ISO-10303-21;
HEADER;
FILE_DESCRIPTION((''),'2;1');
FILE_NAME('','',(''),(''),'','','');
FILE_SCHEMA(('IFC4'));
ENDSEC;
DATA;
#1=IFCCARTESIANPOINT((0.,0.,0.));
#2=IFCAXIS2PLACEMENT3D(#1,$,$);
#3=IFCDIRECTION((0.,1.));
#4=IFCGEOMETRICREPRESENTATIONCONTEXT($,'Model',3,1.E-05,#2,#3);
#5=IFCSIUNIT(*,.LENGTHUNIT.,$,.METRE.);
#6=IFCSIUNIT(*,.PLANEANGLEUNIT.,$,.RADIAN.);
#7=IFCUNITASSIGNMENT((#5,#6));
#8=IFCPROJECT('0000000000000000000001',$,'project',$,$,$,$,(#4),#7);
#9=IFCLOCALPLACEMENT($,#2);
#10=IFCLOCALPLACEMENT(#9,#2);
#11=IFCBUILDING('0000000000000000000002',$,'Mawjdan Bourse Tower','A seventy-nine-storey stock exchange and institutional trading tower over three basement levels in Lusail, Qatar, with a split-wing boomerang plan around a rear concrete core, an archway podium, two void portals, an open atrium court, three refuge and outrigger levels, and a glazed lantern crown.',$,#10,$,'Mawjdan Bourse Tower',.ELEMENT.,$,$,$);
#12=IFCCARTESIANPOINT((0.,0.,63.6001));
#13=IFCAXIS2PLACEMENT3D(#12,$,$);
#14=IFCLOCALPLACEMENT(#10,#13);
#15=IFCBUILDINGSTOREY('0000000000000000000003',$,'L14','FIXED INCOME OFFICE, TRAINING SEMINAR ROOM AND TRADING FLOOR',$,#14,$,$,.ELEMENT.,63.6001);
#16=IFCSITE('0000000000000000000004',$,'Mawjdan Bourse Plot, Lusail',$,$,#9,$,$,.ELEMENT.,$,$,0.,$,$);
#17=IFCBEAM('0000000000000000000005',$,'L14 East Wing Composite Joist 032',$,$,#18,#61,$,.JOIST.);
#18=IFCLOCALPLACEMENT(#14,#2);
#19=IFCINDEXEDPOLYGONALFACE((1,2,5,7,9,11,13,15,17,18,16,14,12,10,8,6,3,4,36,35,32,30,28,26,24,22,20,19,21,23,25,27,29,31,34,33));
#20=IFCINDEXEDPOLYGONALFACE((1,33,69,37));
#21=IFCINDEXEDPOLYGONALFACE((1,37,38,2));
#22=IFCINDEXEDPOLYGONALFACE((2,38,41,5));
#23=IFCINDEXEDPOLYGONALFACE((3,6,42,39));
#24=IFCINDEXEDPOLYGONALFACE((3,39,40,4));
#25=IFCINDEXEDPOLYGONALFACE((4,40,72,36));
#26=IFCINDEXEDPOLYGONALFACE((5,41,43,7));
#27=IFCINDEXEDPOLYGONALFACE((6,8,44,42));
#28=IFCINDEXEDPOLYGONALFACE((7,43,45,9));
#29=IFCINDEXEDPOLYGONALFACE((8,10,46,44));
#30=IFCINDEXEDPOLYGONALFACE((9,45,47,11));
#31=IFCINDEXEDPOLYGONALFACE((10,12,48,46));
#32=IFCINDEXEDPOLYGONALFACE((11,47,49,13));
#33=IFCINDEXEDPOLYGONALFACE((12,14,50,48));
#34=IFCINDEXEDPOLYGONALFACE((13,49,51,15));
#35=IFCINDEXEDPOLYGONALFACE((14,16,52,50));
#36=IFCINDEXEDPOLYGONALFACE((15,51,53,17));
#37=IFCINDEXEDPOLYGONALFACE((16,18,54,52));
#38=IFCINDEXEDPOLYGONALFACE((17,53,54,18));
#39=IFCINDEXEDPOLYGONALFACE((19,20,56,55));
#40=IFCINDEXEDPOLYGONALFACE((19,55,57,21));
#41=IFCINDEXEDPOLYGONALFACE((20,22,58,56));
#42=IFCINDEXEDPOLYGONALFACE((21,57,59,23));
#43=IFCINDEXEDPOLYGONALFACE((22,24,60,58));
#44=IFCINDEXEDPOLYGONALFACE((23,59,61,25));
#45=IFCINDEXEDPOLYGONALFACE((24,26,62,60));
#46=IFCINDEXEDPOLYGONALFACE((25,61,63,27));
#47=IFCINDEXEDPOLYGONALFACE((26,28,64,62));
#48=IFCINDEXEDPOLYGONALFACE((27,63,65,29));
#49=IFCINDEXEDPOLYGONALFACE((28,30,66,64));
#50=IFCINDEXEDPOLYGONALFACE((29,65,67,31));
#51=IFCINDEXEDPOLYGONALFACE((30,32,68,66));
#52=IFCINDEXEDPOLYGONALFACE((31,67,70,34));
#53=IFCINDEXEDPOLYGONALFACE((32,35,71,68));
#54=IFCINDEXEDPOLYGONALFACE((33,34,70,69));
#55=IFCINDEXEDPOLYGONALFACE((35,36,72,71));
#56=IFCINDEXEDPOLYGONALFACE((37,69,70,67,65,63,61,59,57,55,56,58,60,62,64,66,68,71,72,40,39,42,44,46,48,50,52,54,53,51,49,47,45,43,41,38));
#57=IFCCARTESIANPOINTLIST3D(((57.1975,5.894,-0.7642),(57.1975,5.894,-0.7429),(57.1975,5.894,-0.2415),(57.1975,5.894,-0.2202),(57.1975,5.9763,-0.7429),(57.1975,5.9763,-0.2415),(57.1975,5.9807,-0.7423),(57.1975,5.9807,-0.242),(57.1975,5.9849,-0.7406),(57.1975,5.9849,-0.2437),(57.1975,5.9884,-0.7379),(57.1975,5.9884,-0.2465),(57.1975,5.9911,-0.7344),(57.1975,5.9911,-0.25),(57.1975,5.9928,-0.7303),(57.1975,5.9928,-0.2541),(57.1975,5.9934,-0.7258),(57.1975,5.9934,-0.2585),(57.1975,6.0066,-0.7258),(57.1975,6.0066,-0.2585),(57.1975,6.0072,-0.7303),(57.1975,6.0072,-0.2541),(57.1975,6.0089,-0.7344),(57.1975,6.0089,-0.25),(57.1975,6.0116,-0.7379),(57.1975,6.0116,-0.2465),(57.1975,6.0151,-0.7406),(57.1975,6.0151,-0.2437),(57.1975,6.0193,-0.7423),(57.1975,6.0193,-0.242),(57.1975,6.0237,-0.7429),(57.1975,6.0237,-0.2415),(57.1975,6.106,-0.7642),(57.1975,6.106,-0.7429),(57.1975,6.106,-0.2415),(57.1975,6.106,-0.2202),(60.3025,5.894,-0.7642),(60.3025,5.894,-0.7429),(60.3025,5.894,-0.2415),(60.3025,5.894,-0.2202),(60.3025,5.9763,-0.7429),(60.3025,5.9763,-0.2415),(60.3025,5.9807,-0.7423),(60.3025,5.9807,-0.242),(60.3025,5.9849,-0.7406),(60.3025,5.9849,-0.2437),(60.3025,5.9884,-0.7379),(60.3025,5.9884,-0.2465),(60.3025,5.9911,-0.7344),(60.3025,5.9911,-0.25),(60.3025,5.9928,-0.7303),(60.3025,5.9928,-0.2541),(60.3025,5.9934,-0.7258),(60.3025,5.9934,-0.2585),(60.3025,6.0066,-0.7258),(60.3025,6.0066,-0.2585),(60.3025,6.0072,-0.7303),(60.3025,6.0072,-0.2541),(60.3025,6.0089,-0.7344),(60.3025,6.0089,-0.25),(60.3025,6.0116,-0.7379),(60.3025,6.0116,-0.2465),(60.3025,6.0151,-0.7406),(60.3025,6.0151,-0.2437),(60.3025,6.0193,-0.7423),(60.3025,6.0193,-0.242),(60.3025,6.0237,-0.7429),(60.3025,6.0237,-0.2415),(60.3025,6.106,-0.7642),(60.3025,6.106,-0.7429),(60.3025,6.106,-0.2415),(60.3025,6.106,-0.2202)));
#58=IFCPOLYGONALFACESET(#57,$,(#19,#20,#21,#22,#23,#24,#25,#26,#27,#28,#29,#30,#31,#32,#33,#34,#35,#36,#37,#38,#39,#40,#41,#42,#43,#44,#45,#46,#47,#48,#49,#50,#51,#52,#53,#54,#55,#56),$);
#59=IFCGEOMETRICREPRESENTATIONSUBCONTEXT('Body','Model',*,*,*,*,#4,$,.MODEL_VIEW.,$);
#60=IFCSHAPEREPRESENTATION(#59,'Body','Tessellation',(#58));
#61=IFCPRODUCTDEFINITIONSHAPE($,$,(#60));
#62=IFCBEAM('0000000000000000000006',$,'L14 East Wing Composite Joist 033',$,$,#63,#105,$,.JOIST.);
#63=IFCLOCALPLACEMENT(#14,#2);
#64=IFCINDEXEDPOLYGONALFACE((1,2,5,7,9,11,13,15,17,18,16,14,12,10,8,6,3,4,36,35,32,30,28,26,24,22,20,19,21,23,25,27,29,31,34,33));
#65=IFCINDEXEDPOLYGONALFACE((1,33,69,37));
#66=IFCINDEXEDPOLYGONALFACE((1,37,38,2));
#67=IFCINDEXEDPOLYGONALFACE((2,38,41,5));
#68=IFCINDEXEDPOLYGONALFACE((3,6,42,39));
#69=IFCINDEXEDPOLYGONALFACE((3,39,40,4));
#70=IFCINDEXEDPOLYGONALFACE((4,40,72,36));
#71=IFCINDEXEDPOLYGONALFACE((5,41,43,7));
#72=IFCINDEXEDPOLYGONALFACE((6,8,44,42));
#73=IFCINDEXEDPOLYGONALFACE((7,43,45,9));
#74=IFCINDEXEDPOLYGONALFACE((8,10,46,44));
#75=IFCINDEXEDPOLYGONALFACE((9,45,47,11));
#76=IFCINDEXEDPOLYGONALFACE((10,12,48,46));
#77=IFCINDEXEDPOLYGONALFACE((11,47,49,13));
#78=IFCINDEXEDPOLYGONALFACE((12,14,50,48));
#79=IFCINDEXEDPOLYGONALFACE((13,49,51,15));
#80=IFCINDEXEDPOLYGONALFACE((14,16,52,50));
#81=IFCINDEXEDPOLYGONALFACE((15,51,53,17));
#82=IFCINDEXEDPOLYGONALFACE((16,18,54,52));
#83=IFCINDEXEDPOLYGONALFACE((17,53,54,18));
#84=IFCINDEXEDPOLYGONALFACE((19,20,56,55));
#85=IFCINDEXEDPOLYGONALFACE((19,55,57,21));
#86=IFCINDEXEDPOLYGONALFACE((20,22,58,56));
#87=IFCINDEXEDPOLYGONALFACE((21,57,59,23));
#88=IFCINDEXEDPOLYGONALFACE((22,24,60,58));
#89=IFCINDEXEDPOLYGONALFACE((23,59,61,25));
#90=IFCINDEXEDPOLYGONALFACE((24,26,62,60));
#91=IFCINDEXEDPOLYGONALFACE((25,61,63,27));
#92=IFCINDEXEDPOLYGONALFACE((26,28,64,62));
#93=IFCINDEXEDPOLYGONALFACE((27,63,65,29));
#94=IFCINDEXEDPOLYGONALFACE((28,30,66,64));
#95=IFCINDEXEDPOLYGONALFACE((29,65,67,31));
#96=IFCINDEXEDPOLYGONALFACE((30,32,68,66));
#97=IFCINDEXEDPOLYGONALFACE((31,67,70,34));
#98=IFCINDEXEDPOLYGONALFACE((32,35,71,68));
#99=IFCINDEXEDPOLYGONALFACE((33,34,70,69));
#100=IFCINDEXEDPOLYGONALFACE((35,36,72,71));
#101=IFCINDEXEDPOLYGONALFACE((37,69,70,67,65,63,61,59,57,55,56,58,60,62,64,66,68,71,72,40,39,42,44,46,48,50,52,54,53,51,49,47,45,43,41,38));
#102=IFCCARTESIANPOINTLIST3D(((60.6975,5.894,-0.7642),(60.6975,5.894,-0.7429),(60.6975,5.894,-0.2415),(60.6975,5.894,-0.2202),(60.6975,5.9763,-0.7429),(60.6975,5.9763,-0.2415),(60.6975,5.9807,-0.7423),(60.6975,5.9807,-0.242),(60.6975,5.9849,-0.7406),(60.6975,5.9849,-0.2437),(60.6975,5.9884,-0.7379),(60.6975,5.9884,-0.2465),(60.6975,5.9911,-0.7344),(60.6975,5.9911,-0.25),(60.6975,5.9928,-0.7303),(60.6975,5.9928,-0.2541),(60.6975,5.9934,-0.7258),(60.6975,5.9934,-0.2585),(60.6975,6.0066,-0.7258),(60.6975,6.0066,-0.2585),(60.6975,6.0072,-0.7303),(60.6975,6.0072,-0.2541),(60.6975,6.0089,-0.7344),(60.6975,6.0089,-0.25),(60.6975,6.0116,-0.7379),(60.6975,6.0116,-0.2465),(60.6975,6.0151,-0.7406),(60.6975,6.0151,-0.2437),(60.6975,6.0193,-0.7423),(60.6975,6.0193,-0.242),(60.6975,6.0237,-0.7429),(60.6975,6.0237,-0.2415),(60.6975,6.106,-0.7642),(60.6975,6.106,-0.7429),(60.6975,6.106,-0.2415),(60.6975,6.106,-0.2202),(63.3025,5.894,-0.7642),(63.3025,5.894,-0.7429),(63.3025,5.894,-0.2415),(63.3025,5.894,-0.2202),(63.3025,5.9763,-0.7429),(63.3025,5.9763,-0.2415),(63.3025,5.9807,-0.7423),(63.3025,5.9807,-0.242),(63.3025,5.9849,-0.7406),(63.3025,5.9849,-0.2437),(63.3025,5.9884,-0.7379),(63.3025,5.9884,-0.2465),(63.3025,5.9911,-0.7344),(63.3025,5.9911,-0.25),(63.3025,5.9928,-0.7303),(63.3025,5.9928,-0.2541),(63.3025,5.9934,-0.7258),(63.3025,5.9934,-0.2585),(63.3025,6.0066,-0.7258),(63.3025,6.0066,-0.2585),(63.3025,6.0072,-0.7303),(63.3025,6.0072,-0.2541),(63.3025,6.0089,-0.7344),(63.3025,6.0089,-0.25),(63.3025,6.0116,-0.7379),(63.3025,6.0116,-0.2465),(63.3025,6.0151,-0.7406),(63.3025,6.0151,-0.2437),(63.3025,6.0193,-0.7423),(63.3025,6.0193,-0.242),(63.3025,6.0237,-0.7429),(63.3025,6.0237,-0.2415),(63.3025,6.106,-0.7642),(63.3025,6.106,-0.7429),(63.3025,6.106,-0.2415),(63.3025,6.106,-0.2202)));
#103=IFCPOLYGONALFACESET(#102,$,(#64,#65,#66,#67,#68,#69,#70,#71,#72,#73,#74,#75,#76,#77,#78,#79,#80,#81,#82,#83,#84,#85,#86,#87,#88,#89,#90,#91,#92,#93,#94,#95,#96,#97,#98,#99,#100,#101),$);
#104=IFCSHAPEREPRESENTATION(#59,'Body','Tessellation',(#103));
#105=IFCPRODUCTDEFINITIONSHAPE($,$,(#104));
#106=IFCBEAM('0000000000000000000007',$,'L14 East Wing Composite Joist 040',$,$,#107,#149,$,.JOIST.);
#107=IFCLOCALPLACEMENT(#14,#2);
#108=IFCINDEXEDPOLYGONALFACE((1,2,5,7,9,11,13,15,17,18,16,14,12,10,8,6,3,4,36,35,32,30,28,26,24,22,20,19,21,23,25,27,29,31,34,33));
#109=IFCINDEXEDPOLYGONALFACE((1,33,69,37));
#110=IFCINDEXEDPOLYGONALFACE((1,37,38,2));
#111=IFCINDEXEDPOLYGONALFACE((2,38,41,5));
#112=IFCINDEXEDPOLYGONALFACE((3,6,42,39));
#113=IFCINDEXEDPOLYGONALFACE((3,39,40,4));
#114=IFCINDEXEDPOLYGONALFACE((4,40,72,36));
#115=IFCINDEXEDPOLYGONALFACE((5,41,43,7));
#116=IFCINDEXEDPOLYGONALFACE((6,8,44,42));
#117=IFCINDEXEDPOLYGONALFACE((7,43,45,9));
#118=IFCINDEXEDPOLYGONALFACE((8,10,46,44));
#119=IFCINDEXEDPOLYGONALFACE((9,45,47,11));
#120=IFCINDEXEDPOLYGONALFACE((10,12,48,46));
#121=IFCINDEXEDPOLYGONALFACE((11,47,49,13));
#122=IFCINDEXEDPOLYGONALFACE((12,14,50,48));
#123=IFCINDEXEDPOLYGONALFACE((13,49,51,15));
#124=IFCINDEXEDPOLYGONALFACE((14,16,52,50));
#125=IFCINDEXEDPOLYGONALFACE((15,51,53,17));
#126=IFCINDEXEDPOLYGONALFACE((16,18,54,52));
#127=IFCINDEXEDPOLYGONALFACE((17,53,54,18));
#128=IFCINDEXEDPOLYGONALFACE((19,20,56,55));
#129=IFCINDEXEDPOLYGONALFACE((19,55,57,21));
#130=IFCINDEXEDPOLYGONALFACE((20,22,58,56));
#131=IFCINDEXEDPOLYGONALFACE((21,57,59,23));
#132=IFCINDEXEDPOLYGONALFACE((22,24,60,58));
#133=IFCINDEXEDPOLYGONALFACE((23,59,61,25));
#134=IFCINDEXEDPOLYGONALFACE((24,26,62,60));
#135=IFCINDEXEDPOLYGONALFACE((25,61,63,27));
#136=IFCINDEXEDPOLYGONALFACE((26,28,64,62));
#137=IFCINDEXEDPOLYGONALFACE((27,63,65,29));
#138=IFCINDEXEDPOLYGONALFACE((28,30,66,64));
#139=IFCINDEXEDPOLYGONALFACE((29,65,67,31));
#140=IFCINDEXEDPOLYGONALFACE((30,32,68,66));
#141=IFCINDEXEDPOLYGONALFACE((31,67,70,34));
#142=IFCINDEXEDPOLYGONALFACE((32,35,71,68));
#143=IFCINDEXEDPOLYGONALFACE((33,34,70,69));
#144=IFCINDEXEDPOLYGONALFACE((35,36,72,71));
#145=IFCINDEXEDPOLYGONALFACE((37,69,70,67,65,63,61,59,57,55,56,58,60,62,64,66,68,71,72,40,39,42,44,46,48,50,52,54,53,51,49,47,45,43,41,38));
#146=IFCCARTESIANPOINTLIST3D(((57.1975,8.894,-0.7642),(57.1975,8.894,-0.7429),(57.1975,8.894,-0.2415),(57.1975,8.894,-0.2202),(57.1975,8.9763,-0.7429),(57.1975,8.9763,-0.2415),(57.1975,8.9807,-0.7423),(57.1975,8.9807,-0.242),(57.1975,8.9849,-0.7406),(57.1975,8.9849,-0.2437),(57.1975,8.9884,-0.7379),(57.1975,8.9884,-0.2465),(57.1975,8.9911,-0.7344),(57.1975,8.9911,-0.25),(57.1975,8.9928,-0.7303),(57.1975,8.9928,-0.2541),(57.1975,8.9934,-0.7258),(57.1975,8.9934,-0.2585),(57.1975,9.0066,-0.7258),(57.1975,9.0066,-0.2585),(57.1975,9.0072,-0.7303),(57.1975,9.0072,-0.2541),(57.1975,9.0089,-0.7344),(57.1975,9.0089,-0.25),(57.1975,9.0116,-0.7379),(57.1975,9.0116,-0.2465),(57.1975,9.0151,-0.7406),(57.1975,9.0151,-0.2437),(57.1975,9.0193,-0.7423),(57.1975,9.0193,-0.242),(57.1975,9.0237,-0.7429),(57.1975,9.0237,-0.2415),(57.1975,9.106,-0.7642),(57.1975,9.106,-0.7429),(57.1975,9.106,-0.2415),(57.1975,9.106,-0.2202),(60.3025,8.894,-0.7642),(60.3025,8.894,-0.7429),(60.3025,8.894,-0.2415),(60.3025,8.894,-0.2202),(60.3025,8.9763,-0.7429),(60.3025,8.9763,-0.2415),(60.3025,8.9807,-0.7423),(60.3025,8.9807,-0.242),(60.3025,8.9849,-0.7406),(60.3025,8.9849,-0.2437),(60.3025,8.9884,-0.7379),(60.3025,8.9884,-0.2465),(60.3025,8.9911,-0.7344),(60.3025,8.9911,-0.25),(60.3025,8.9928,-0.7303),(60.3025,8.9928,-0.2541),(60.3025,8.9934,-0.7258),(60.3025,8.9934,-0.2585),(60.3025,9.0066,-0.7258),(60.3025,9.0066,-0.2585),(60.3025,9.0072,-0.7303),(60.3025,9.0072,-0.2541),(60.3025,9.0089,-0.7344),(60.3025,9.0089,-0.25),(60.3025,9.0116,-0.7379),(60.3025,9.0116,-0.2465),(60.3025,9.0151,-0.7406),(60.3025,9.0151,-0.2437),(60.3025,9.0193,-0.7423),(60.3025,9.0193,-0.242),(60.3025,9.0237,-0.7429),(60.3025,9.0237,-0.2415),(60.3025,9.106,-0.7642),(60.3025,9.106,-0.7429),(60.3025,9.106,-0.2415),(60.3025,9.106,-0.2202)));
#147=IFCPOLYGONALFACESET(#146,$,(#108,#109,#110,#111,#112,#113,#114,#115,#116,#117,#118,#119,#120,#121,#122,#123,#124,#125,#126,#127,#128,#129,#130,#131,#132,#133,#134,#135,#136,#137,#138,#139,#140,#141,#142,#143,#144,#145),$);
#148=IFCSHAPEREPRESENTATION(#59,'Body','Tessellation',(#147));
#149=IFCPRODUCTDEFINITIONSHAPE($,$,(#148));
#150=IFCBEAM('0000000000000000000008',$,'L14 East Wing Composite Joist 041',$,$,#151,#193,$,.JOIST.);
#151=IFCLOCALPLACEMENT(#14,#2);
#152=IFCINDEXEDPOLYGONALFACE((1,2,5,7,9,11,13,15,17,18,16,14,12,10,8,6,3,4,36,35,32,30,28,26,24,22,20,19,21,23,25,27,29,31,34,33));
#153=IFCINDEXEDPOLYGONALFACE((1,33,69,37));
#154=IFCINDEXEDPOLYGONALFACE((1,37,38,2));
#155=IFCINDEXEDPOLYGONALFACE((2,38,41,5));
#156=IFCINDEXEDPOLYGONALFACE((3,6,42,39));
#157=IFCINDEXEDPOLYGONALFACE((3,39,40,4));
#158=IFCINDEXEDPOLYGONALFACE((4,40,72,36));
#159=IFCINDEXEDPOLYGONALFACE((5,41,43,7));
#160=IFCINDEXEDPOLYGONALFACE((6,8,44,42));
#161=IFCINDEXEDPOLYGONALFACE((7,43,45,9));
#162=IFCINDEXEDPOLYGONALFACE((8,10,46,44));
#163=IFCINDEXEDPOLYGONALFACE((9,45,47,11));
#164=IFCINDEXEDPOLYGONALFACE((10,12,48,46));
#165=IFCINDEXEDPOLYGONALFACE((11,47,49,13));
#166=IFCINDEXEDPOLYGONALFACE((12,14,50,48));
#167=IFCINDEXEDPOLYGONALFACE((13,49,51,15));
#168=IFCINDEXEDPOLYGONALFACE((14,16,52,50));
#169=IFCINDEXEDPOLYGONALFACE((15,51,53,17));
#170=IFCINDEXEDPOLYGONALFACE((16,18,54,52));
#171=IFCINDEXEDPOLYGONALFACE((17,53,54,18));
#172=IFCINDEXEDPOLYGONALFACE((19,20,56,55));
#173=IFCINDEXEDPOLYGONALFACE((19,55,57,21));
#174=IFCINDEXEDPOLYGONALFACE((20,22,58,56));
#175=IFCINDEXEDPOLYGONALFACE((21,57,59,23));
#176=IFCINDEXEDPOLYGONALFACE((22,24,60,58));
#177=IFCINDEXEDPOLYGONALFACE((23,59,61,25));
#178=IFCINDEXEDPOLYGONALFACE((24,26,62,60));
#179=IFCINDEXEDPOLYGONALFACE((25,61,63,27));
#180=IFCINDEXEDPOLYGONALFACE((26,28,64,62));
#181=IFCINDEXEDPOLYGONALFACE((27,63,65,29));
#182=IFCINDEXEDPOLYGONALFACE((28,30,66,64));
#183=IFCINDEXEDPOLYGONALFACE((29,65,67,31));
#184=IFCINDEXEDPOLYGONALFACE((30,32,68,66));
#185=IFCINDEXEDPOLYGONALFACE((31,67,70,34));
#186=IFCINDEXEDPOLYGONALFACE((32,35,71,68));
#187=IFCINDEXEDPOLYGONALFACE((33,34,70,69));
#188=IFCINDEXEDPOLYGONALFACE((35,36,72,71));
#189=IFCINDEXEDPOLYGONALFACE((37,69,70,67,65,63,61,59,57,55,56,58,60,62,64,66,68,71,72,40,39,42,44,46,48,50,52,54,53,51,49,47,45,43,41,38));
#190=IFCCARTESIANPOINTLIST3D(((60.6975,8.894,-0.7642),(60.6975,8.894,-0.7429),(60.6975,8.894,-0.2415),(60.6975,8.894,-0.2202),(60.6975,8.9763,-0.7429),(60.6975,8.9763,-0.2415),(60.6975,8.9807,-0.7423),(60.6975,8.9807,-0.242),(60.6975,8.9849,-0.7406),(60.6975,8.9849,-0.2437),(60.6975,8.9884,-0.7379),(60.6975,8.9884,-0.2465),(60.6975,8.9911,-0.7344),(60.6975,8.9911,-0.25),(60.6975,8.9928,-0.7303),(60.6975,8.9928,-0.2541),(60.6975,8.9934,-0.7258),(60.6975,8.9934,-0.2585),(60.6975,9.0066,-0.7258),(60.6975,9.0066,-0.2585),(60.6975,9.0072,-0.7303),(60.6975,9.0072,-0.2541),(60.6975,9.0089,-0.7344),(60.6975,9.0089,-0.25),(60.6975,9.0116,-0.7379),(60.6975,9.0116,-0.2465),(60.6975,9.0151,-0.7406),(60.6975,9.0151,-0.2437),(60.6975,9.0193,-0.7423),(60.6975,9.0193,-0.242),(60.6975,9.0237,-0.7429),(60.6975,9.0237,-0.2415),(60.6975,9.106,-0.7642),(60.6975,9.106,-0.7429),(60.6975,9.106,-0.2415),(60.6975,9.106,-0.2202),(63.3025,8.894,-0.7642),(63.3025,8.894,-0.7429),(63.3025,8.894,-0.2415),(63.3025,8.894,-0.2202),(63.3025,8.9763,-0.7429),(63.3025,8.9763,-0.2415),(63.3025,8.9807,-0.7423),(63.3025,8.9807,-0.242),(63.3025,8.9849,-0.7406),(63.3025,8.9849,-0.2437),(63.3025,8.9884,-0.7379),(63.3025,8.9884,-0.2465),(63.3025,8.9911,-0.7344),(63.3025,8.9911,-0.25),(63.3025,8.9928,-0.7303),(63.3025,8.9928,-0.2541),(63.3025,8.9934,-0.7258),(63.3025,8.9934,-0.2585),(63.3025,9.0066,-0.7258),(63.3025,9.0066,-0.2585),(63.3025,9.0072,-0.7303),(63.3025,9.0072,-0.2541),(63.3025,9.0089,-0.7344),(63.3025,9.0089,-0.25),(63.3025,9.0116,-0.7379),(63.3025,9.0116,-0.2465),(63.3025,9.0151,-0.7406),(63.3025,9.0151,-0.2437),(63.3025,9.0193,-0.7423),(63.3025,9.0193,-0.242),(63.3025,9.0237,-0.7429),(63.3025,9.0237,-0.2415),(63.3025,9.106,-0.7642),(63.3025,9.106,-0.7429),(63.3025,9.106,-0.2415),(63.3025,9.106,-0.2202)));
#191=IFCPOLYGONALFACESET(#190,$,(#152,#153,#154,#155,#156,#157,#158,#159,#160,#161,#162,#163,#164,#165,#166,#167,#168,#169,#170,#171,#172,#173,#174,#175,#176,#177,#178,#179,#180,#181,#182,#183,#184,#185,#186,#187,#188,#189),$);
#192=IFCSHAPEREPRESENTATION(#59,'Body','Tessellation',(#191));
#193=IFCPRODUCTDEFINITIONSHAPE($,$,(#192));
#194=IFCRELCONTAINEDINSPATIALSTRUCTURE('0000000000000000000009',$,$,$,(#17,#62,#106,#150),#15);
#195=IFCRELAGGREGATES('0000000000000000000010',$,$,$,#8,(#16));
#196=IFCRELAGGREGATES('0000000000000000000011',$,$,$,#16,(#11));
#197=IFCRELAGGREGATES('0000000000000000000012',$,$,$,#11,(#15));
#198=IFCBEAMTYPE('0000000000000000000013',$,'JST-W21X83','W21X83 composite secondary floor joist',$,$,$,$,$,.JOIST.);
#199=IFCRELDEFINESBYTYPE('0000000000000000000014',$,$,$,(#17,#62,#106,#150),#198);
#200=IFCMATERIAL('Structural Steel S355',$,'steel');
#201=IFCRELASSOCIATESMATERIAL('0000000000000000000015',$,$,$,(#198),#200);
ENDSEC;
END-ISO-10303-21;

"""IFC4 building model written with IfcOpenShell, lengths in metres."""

from ifc_helpers import new_model, si_unit, direction, frame, origin, origin_2d, place, context, subcontext, project, spatial, i_section, extrude, material, material_profile, profile_set, type_object, element, save


model = new_model("IFC4")

# Units and contexts
model_context = context("Model", 3, precision=1e-05, world=origin(), true_north=direction((0.0, 1.0)))
body_context = subcontext(model_context, "Body", "Model", "MODEL_VIEW")
ifc_project = project(units=[si_unit("LENGTHUNIT", "METRE"), si_unit("PLANEANGLEUNIT", "RADIAN")], contexts=[model_context])

# Site, building, storey
site_placement = place(None, origin())
site = spatial("IfcSite", under=ifc_project, at=site_placement, Name="Mawjdan Bourse Plot, Lusail", CompositionType="ELEMENT", RefElevation=0.0)
building_placement = place(site_placement, origin())
building = spatial("IfcBuilding", under=site, at=building_placement, Name="Mawjdan Bourse Tower", Description="A seventy-nine-storey stock exchange and institutional trading tower over three basement levels in Lusail, Qatar, with a split-wing boomerang plan around a rear concrete core, an archway podium, two void portals, an open atrium court, three refuge and outrigger levels, and a glazed lantern crown.", LongName="Mawjdan Bourse Tower", CompositionType="ELEMENT")
storey_placement = place(building_placement, frame((0.0, 0.0, 63.6001)))
storey = spatial("IfcBuildingStorey", under=building, at=storey_placement, Name="L14", Description="FIXED INCOME OFFICE, TRAINING SEMINAR ROOM AND TRADING FLOOR", CompositionType="ELEMENT", Elevation=63.6001)

# Beams
ifc_material_1 = material(Name="Structural Steel S355", Category="steel")
ifc_material_profile_1 = material_profile(ifc_material_1, i_section(OverallWidth=0.2119, OverallDepth=0.5439, WebThickness=0.0132, FlangeThickness=0.0212, FilletRadius=0.0171, at=origin_2d()), Name="W21X83")
ifc_profile_set_1 = profile_set([ifc_material_profile_1], Name="Structural Steel S355")
beam_type_1 = type_object("IfcBeamType", Name="JST-W21X83", Description="W21X83 composite secondary floor joist", PredefinedType="JOIST", material=ifc_profile_set_1)
beam_1_placement = place(storey_placement, frame((57.1975, 6.0, -0.4922), z_axis=(1.0, 0.0, 0.0), x_axis=(0.0, 1.0, 0.0)))
element("IfcBeam", 1, at=beam_1_placement, inside=storey, type_object=beam_type_1, Name="L14 East Wing Composite Joist 032", PredefinedType="JOIST", context=body_context, shape_type="SweptSolid", body=[
    extrude(i_section(OverallWidth=0.2119, OverallDepth=0.5439, WebThickness=0.0132, FlangeThickness=0.0212, FilletRadius=0.0171, at=origin_2d()), origin(), (0.0, 0.0, 1.0), 3.105),
])
beam_2_placement = place(storey_placement, frame((60.6975, 6.0, -0.4922), z_axis=(1.0, 0.0, 0.0), x_axis=(0.0, 1.0, 0.0)))
element("IfcBeam", 2, at=beam_2_placement, inside=storey, type_object=beam_type_1, Name="L14 East Wing Composite Joist 033", PredefinedType="JOIST", context=body_context, shape_type="SweptSolid", body=[
    extrude(i_section(OverallWidth=0.2119, OverallDepth=0.5439, WebThickness=0.0132, FlangeThickness=0.0212, FilletRadius=0.0171, at=origin_2d()), origin(), (0.0, 0.0, 1.0), 2.605),
])
beam_3_placement = place(storey_placement, frame((57.1975, 9.0, -0.4922), z_axis=(1.0, 0.0, 0.0), x_axis=(0.0, 1.0, 0.0)))
element("IfcBeam", 3, at=beam_3_placement, inside=storey, type_object=beam_type_1, Name="L14 East Wing Composite Joist 040", PredefinedType="JOIST", context=body_context, shape_type="SweptSolid", body=[
    extrude(i_section(OverallWidth=0.2119, OverallDepth=0.5439, WebThickness=0.0132, FlangeThickness=0.0212, FilletRadius=0.0171, at=origin_2d()), origin(), (0.0, 0.0, 1.0), 3.105),
])
beam_4_placement = place(storey_placement, frame((60.6975, 9.0, -0.4922), z_axis=(1.0, 0.0, 0.0), x_axis=(0.0, 1.0, 0.0)))
element("IfcBeam", 4, at=beam_4_placement, inside=storey, type_object=beam_type_1, Name="L14 East Wing Composite Joist 041", PredefinedType="JOIST", context=body_context, shape_type="SweptSolid", body=[
    extrude(i_section(OverallWidth=0.2119, OverallDepth=0.5439, WebThickness=0.0132, FlangeThickness=0.0212, FilletRadius=0.0171, at=origin_2d()), origin(), (0.0, 0.0, 1.0), 2.605),
])

save(model, "model.ifc")
